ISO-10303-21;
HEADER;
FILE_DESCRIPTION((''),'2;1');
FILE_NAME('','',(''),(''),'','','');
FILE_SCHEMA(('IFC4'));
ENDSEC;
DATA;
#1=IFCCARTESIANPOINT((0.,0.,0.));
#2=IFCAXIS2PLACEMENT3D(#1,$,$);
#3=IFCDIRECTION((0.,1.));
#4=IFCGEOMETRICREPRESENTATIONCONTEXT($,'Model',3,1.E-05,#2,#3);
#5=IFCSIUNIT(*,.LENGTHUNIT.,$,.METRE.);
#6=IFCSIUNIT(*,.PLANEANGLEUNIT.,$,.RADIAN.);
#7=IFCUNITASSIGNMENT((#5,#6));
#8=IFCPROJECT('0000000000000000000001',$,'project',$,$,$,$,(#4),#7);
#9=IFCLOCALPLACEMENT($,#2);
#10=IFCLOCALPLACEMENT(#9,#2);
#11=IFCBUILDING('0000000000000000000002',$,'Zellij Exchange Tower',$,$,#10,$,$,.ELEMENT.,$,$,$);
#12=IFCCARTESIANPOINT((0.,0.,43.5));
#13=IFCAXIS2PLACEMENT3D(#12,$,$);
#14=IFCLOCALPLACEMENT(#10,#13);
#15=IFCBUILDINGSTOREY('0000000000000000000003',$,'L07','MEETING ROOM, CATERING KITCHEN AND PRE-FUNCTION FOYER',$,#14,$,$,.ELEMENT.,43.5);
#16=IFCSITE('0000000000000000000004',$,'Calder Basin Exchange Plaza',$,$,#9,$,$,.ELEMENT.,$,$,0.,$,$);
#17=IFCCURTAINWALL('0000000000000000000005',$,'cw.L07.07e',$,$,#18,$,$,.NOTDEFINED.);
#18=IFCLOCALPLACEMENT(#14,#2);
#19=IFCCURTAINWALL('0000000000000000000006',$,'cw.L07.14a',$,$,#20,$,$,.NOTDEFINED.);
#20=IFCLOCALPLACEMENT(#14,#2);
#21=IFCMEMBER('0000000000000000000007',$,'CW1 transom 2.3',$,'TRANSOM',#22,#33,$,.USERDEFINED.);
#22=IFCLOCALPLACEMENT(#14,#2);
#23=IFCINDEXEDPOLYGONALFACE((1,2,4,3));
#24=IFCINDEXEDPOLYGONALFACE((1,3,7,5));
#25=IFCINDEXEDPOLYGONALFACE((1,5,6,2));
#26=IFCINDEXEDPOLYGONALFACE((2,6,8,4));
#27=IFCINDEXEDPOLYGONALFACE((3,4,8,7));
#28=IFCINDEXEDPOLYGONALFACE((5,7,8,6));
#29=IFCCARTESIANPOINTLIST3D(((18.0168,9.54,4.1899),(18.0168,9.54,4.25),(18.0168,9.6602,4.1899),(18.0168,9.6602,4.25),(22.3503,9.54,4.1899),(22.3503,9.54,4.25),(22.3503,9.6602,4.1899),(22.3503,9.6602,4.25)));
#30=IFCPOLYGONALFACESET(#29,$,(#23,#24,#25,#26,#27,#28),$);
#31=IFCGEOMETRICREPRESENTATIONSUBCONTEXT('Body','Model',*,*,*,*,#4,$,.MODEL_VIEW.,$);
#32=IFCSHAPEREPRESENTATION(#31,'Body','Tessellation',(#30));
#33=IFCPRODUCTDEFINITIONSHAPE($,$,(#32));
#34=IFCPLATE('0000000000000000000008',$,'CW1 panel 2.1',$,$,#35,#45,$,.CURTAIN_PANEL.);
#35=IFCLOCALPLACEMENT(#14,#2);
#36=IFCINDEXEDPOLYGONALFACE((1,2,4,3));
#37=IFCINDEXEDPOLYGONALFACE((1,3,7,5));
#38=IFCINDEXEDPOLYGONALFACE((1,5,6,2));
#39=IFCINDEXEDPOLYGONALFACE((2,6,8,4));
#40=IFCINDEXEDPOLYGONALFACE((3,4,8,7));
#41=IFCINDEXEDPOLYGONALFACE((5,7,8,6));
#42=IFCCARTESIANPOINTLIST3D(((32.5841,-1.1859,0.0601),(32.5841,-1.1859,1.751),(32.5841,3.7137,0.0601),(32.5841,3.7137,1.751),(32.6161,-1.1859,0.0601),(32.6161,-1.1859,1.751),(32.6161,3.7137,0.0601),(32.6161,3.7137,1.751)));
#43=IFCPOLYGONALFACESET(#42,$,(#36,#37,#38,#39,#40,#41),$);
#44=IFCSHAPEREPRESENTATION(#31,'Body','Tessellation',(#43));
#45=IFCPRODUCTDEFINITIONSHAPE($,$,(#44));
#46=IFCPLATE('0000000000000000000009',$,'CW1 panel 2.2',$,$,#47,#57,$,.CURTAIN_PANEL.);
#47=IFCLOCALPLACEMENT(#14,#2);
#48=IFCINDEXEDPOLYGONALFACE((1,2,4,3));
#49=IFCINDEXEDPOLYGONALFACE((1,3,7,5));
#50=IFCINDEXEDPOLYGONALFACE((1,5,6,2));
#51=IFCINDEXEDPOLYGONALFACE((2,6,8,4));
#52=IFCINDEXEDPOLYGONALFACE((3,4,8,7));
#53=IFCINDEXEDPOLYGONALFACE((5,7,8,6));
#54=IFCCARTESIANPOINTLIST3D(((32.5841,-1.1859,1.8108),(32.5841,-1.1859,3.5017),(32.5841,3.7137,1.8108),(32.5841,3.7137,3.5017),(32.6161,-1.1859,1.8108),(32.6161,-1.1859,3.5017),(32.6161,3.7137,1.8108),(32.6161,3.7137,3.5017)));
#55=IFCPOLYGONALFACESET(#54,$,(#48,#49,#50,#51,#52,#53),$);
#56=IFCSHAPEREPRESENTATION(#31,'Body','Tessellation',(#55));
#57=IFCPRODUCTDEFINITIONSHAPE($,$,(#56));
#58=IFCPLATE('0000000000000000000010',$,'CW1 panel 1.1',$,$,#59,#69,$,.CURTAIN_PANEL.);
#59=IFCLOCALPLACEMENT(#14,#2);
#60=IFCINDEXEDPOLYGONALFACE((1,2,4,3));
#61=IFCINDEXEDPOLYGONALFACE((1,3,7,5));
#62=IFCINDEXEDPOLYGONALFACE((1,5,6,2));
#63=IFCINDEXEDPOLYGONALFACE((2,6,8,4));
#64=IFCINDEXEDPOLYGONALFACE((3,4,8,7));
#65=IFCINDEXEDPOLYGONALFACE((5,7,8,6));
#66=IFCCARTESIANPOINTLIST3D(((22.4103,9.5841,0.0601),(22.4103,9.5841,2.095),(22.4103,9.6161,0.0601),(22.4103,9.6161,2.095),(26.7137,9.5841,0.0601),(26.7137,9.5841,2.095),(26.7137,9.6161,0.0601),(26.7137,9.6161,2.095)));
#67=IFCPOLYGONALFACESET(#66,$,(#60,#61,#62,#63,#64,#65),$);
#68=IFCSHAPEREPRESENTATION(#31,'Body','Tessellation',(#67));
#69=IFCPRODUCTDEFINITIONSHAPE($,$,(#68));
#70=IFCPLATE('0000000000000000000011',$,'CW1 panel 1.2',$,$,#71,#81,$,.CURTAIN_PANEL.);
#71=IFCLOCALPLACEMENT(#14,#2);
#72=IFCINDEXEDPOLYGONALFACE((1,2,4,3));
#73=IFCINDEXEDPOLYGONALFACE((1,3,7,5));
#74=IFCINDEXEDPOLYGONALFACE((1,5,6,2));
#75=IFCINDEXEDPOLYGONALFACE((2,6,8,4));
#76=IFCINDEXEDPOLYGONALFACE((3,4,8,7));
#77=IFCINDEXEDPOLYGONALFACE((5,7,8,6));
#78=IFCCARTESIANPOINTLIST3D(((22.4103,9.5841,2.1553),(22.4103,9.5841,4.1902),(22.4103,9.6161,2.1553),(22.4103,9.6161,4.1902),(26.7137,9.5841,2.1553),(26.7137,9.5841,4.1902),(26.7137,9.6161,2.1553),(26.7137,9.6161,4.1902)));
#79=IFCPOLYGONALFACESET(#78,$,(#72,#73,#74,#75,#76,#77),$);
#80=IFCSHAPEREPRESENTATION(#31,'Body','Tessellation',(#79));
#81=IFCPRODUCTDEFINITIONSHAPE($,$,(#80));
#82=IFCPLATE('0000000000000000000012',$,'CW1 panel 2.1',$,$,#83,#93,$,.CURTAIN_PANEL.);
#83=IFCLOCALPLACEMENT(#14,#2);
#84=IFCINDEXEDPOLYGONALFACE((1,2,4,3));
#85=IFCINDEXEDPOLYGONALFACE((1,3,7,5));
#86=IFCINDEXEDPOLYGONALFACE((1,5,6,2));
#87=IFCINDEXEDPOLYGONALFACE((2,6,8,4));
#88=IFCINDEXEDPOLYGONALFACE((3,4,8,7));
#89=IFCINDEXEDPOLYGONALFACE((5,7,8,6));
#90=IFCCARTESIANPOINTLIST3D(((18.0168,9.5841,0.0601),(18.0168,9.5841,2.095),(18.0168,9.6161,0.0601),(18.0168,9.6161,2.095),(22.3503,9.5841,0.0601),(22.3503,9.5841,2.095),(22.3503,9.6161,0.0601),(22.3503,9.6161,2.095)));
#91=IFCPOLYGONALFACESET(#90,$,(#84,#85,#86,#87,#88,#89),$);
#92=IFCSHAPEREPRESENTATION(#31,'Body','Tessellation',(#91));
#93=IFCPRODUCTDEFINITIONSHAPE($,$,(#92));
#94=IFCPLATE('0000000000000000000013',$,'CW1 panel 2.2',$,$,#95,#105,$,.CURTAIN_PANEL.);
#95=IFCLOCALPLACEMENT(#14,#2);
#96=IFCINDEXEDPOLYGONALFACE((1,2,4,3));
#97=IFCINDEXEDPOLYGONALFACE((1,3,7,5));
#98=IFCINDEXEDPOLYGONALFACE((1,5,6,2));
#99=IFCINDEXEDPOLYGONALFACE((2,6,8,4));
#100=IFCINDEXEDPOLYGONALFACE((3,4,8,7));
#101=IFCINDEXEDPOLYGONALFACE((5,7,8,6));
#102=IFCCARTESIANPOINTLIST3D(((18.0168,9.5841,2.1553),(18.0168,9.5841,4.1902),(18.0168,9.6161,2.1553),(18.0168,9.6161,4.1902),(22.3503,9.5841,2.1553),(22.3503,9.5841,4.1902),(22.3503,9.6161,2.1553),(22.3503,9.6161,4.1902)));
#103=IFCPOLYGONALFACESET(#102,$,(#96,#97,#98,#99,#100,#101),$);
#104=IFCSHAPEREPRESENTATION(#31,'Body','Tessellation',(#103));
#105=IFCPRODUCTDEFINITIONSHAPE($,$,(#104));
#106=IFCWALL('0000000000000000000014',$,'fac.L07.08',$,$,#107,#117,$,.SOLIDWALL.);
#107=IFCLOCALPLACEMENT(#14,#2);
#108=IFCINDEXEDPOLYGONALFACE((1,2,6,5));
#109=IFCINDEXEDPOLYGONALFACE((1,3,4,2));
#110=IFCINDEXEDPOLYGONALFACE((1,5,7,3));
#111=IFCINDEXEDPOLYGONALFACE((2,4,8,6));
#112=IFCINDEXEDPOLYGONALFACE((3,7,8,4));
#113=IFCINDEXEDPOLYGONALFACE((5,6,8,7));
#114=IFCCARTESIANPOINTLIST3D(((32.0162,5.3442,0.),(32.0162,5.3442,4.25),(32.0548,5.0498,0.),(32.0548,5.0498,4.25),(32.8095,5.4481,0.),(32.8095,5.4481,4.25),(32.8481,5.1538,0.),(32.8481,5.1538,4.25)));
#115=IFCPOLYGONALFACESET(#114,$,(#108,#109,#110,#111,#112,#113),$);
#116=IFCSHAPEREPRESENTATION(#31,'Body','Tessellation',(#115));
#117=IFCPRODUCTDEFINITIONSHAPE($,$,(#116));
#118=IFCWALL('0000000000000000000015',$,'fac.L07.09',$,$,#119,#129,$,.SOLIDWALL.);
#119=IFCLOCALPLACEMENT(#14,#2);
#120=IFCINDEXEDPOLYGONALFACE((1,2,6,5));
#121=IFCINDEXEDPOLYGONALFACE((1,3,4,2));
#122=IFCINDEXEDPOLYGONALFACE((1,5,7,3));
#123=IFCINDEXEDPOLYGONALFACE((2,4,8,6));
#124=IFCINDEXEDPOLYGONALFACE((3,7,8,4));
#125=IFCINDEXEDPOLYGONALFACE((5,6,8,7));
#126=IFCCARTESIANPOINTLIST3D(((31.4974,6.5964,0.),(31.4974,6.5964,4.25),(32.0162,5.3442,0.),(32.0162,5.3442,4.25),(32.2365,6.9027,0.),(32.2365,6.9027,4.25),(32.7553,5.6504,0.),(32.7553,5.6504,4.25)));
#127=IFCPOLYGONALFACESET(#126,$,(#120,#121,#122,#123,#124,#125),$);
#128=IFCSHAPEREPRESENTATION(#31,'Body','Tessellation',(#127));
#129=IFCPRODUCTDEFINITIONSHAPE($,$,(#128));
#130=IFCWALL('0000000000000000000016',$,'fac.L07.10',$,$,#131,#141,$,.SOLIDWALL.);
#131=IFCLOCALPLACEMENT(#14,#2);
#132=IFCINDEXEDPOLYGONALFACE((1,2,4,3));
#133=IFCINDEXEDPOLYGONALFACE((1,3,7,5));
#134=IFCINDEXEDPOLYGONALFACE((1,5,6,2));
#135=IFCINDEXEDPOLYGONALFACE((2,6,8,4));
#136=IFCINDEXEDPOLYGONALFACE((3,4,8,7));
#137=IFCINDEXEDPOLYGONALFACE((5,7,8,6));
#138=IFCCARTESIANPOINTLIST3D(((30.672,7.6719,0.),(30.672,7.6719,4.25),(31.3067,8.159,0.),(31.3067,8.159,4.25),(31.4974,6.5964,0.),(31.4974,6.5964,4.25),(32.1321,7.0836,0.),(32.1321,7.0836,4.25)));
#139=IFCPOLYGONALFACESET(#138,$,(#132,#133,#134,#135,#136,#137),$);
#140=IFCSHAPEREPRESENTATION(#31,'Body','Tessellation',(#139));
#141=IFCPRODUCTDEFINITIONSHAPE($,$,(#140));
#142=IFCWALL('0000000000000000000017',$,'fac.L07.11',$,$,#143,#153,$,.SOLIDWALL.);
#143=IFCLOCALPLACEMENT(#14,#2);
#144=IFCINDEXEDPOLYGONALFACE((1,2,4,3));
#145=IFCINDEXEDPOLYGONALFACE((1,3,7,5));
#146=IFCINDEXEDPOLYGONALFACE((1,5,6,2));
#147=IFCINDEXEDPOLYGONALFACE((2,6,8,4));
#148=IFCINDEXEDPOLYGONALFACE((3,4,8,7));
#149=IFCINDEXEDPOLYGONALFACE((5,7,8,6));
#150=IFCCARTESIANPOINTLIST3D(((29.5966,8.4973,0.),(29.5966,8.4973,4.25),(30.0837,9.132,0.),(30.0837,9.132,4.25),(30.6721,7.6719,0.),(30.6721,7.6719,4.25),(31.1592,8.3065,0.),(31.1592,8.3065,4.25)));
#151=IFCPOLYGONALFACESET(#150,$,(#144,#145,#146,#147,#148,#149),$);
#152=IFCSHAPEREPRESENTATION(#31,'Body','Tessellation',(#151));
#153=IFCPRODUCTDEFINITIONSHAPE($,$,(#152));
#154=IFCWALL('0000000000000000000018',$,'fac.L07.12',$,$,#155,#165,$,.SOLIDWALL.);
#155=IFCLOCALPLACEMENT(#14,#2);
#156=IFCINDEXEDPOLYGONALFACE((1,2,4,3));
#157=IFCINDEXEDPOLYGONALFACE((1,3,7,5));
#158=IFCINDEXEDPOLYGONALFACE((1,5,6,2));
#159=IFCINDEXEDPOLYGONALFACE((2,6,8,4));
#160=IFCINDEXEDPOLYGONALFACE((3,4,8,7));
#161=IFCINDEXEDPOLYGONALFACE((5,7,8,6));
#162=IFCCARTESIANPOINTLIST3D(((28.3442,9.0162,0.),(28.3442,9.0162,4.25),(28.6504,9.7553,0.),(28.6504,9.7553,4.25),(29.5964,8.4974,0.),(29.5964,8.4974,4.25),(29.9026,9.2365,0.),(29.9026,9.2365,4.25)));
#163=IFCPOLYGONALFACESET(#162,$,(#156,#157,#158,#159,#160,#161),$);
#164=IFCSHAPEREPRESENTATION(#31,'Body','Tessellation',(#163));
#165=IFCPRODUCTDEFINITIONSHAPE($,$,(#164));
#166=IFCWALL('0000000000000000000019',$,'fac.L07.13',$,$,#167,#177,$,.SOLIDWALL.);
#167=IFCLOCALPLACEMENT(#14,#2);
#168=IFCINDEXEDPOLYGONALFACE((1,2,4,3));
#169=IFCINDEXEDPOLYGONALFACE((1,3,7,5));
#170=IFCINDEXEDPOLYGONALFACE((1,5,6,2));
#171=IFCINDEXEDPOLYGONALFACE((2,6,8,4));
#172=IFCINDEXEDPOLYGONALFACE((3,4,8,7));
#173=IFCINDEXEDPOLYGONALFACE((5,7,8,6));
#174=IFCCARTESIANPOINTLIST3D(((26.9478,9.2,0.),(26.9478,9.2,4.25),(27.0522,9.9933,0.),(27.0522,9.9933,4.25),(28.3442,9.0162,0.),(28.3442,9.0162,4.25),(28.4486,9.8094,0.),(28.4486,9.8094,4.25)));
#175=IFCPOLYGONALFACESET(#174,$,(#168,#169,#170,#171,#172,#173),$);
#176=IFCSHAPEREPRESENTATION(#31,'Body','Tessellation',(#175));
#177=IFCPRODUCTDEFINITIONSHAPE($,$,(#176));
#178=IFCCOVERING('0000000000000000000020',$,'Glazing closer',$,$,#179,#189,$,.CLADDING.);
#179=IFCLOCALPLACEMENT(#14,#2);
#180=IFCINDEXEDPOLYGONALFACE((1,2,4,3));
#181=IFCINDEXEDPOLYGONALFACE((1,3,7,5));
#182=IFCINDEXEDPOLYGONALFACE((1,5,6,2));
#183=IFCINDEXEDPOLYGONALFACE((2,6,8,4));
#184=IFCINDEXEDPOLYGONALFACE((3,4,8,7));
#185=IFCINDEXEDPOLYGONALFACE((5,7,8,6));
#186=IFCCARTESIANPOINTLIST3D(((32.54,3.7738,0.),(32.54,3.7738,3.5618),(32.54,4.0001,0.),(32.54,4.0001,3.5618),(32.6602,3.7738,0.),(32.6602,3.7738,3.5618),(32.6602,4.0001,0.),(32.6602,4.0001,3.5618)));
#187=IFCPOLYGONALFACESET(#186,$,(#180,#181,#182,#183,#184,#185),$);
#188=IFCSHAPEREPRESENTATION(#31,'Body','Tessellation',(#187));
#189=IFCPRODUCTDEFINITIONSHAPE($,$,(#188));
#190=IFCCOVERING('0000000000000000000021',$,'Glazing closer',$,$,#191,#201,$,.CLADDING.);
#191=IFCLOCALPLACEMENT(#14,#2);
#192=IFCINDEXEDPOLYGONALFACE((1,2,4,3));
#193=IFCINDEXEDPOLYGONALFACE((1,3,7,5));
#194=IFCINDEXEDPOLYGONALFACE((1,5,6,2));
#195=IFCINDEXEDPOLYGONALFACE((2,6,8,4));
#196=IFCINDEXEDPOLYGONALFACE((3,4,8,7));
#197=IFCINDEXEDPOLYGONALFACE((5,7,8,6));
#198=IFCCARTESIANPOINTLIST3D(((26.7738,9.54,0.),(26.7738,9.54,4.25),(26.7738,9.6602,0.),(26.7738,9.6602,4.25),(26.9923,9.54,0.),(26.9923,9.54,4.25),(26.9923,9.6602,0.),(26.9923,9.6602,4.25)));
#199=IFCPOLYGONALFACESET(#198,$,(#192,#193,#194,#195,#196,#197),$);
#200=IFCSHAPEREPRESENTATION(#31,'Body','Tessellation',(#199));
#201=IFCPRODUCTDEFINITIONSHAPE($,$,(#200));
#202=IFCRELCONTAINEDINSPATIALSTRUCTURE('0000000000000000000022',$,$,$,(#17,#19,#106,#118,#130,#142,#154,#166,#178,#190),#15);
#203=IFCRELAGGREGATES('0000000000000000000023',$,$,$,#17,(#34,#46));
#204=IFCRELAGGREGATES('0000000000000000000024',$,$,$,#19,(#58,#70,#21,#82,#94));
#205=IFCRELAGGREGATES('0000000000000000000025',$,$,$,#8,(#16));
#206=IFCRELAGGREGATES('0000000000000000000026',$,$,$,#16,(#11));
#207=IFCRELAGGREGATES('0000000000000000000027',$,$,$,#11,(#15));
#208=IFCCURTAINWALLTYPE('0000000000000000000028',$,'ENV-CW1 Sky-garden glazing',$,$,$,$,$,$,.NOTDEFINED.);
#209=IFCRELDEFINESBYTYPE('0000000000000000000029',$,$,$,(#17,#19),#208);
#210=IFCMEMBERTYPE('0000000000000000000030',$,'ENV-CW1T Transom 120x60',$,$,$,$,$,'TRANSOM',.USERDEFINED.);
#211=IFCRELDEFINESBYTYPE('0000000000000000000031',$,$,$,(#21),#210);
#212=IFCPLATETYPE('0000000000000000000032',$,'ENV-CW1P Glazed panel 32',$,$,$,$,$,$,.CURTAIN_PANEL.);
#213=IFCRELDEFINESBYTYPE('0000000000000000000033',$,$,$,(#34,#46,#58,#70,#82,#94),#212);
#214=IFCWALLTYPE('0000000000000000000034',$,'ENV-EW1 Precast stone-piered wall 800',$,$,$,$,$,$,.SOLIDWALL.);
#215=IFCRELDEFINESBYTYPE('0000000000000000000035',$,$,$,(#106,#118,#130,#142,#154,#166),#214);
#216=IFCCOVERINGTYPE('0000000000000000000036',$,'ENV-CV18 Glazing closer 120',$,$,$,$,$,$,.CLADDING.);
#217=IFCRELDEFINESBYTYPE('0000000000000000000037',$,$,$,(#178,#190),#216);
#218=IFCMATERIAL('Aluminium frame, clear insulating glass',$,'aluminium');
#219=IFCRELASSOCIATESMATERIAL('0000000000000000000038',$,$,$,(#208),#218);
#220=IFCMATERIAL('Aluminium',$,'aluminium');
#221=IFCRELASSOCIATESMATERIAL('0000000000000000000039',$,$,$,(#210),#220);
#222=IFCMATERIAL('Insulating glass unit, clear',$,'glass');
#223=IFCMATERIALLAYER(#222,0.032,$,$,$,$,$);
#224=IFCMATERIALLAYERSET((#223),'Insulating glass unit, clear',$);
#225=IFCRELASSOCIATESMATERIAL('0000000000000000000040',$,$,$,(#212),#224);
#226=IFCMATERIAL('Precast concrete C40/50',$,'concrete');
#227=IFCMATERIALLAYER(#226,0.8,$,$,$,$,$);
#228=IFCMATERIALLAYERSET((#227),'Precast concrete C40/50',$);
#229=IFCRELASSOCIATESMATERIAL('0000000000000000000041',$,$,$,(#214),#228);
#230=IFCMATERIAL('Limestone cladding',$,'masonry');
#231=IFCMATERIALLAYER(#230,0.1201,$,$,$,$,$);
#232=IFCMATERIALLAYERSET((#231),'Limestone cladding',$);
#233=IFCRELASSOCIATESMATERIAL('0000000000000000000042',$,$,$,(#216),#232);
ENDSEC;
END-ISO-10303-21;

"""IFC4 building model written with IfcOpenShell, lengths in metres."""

from ifc_helpers import new_model, si_unit, direction, frame, frame_2d, origin, origin_2d, place, context, subcontext, project, spatial, rectangle, extrude, material, layer, layer_set, material_profile, profile_set, type_object, element, aggregate, save


model = new_model("IFC4")

# Units and contexts
model_context = context("Model", 3, precision=1e-05, world=origin(), true_north=direction((0.0, 1.0)))
body_context = subcontext(model_context, "Body", "Model", "MODEL_VIEW")
ifc_project = project(units=[si_unit("LENGTHUNIT", "METRE"), si_unit("PLANEANGLEUNIT", "RADIAN")], contexts=[model_context])

# Site, building, storey
site_placement = place(None, origin())
site = spatial("IfcSite", under=ifc_project, at=site_placement, Name="Calder Basin Exchange Plaza", CompositionType="ELEMENT", RefElevation=0.0)
building_placement = place(site_placement, origin())
building = spatial("IfcBuilding", under=site, at=building_placement, Name="Zellij Exchange Tower", CompositionType="ELEMENT")
storey_placement = place(building_placement, frame((0.0, 0.0, 43.5)))
storey = spatial("IfcBuildingStorey", under=building, at=storey_placement, Name="L07", Description="MEETING ROOM, CATERING KITCHEN AND PRE-FUNCTION FOYER", CompositionType="ELEMENT", Elevation=43.5)

# Curtain wall
ifc_material_1 = material(Name="Aluminium frame, clear insulating glass", Category="aluminium")
curtain_wall_type = type_object("IfcCurtainWallType", Name="ENV-CW1 Sky-garden glazing", PredefinedType="NOTDEFINED", material=ifc_material_1)
curtain_wall_1_placement = place(storey_placement, origin())
curtain_wall_1 = element("IfcCurtainWall", 1, at=curtain_wall_1_placement, inside=storey, type_object=curtain_wall_type, Name="cw.L07.07e", PredefinedType="NOTDEFINED")
ifc_material_2 = material(Name="Aluminium", Category="aluminium")

# Curtain wall
curtain_wall_2_placement = place(storey_placement, origin())
curtain_wall_2 = element("IfcCurtainWall", 2, at=curtain_wall_2_placement, inside=storey, type_object=curtain_wall_type, Name="cw.L07.14a", PredefinedType="NOTDEFINED")

# Member
ifc_material_profile_1 = material_profile(ifc_material_2, rectangle(XDim=0.1201, YDim=0.0601, at=origin_2d()), Name="AL 120x60")
ifc_profile_set_1 = profile_set([ifc_material_profile_1], Name="Aluminium")
member_type_1 = type_object("IfcMemberType", Name="ENV-CW1T Transom 120x60", ElementType="TRANSOM", PredefinedType="USERDEFINED", material=ifc_profile_set_1)
member_1_placement = place(storey_placement, frame((22.3503, 9.6001, 4.22), z_axis=(-1.0, 0.0, 0.0), x_axis=(0.0, -1.0, 0.0)))
member_1 = element("IfcMember", 3, at=member_1_placement, type_object=member_type_1, Name="CW1 transom 2.3", ObjectType="TRANSOM", PredefinedType="USERDEFINED", context=body_context, shape_type="SweptSolid", body=[
    extrude(rectangle(XDim=0.1201, YDim=0.0601, at=origin_2d()), origin(), (0.0, 0.0, 1.0), 4.3335),
])

# Plates
ifc_material_3 = material(Name="Insulating glass unit, clear", Category="glass")
ifc_layer_1 = layer(ifc_material_3, 0.032)
ifc_layer_set_1 = layer_set([ifc_layer_1], Name="Insulating glass unit, clear")
plate_type = type_object("IfcPlateType", Name="ENV-CW1P Glazed panel 32", PredefinedType="CURTAIN_PANEL", material=ifc_layer_set_1)
plate_1_placement = place(storey_placement, frame((32.6001, 1.2639, 0.0601), z_axis=(0.0, 0.0, 1.0), x_axis=(0.0, 1.0, 0.0)))
plate_1 = element("IfcPlate", 4, at=plate_1_placement, type_object=plate_type, Name="CW1 panel 2.1", PredefinedType="CURTAIN_PANEL", context=body_context, shape_type="SweptSolid", body=[
    extrude(rectangle(XDim=4.8997, YDim=0.032, at=origin_2d()), origin(), (0.0, 0.0, 1.0), 1.6909),
])
plate_2_placement = place(storey_placement, frame((32.6001, 1.2639, 1.8108), z_axis=(0.0, 0.0, 1.0), x_axis=(0.0, 1.0, 0.0)))
plate_2 = element("IfcPlate", 5, at=plate_2_placement, type_object=plate_type, Name="CW1 panel 2.2", PredefinedType="CURTAIN_PANEL", context=body_context, shape_type="SweptSolid", body=[
    extrude(rectangle(XDim=4.8997, YDim=0.032, at=origin_2d()), origin(), (0.0, 0.0, 1.0), 1.6909),
])
aggregate(curtain_wall_1, [plate_1, plate_2])
plate_3_placement = place(storey_placement, frame((24.562, 9.6001, 0.0601), z_axis=(0.0, 0.0, 1.0), x_axis=(-1.0, 0.0, 0.0)))
plate_3 = element("IfcPlate", 6, at=plate_3_placement, type_object=plate_type, Name="CW1 panel 1.1", PredefinedType="CURTAIN_PANEL", context=body_context, shape_type="SweptSolid", body=[
    extrude(rectangle(XDim=4.3035, YDim=0.032, at=origin_2d()), origin(), (0.0, 0.0, 1.0), 2.0349),
])
plate_4_placement = place(storey_placement, frame((24.562, 9.6001, 2.1553), z_axis=(0.0, 0.0, 1.0), x_axis=(-1.0, 0.0, 0.0)))
plate_4 = element("IfcPlate", 7, at=plate_4_placement, type_object=plate_type, Name="CW1 panel 1.2", PredefinedType="CURTAIN_PANEL", context=body_context, shape_type="SweptSolid", body=[
    extrude(rectangle(XDim=4.3035, YDim=0.032, at=origin_2d()), origin(), (0.0, 0.0, 1.0), 2.0349),
])
plate_5_placement = place(storey_placement, frame((20.1836, 9.6001, 0.0601), z_axis=(0.0, 0.0, 1.0), x_axis=(-1.0, 0.0, 0.0)))
plate_5 = element("IfcPlate", 8, at=plate_5_placement, type_object=plate_type, Name="CW1 panel 2.1", PredefinedType="CURTAIN_PANEL", context=body_context, shape_type="SweptSolid", body=[
    extrude(rectangle(XDim=4.3335, YDim=0.032, at=origin_2d()), origin(), (0.0, 0.0, 1.0), 2.0349),
])
plate_6_placement = place(storey_placement, frame((20.1836, 9.6001, 2.1553), z_axis=(0.0, 0.0, 1.0), x_axis=(-1.0, 0.0, 0.0)))
plate_6 = element("IfcPlate", 9, at=plate_6_placement, type_object=plate_type, Name="CW1 panel 2.2", PredefinedType="CURTAIN_PANEL", context=body_context, shape_type="SweptSolid", body=[
    extrude(rectangle(XDim=4.3335, YDim=0.032, at=origin_2d()), origin(), (0.0, 0.0, 1.0), 2.0349),
])
aggregate(curtain_wall_2, [plate_3, plate_4, member_1, plate_5, plate_6])

# Walls
ifc_material_4 = material(Name="Precast concrete C40/50", Category="concrete")
ifc_layer_2 = layer(ifc_material_4, 0.8)
ifc_layer_set_2 = layer_set([ifc_layer_2], Name="Precast concrete C40/50")
wall_type = type_object("IfcWallType", Name="ENV-EW1 Precast stone-piered wall 800", PredefinedType="SOLIDWALL", material=ifc_layer_set_2)
wall_1_placement = place(storey_placement, frame((32.4514, 5.1018, 0.0), z_axis=(0.0, 0.0, 1.0), x_axis=(-0.129902, 0.991527, 0.0)))
element("IfcWall", 10, at=wall_1_placement, inside=storey, type_object=wall_type, Name="fac.L07.08", PredefinedType="SOLIDWALL", context=body_context, shape_type="SweptSolid", body=[
    extrude(rectangle(XDim=0.2969, YDim=0.8, at=frame_2d((0.1484, 0.0))), origin(), (0.0, 0.0, 1.0), 4.25),
])
wall_2_placement = place(storey_placement, frame((32.3857, 5.4973, 0.0), z_axis=(0.0, 0.0, 1.0), x_axis=(-0.38276, 0.923848, 0.0)))
element("IfcWall", 11, at=wall_2_placement, inside=storey, type_object=wall_type, Name="fac.L07.09", PredefinedType="SOLIDWALL", context=body_context, shape_type="SweptSolid", body=[
    extrude(rectangle(XDim=1.3555, YDim=0.8, at=frame_2d((0.6777, 0.0))), origin(), (0.0, 0.0, 1.0), 4.25),
])
for number, where, z_axis, x_axis, name in (
    (12, (31.8147, 6.8401, 0.0), (0.0, 0.0, 1.0), (-0.608866, 0.793273, 0.0), "fac.L07.10"),
    (13, (30.9155, 7.9893, 0.0), (0.0, 0.0, 1.0), (-0.793273, 0.608866, 0.0), "fac.L07.11"),
):
    element("IfcWall", number, at=place(storey_placement, frame(where, z_axis=z_axis, x_axis=x_axis)), inside=storey, type_object=wall_type, Name=name, PredefinedType="SOLIDWALL", context=body_context, shape_type="SweptSolid", body=[
        extrude(rectangle(XDim=1.3557, YDim=0.8, at=frame_2d((0.6777, 0.0))), origin(), (0.0, 0.0, 1.0), 4.25),
    ])
wall_3_placement = place(storey_placement, frame((29.7495, 8.8669, 0.0), z_axis=(0.0, 0.0, 1.0), x_axis=(-0.923848, 0.38276, 0.0)))
element("IfcWall", 14, at=wall_3_placement, inside=storey, type_object=wall_type, Name="fac.L07.12", PredefinedType="SOLIDWALL", context=body_context, shape_type="SweptSolid", body=[
    extrude(rectangle(XDim=1.3555, YDim=0.8, at=frame_2d((0.6777, 0.0))), origin(), (0.0, 0.0, 1.0), 4.25),
])
wall_4_placement = place(storey_placement, frame((28.3962, 9.4128, 0.0), z_axis=(0.0, 0.0, 1.0), x_axis=(-0.991446, 0.130517, 0.0)))
element("IfcWall", 15, at=wall_4_placement, inside=storey, type_object=wall_type, Name="fac.L07.13", PredefinedType="SOLIDWALL", context=body_context, shape_type="SweptSolid", body=[
    extrude(rectangle(XDim=1.4084, YDim=0.8, at=frame_2d((0.7041, 0.0))), origin(), (0.0, 0.0, 1.0), 4.25),
])

# Coverings
ifc_material_5 = material(Name="Limestone cladding", Category="masonry")
ifc_layer_3 = layer(ifc_material_5, 0.1201)
ifc_layer_set_3 = layer_set([ifc_layer_3], Name="Limestone cladding")
covering_type = type_object("IfcCoveringType", Name="ENV-CV18 Glazing closer 120", PredefinedType="CLADDING", material=ifc_layer_set_3)
covering_1_placement = place(storey_placement, frame((32.6001, 3.887, 0.0), z_axis=(0.0, 0.0, 1.0), x_axis=(0.0, 1.0, 0.0)))
element("IfcCovering", 16, at=covering_1_placement, inside=storey, type_object=covering_type, Name="Glazing closer", PredefinedType="CLADDING", context=body_context, shape_type="SweptSolid", body=[
    extrude(rectangle(XDim=0.2263, YDim=0.1201, at=origin_2d()), origin(), (0.0, 0.0, 1.0), 3.5618),
])
covering_2_placement = place(storey_placement, frame((26.8831, 9.6001, 0.0), z_axis=(0.0, 0.0, 1.0), x_axis=(1.0, 0.0, 0.0)))
element("IfcCovering", 17, at=covering_2_placement, inside=storey, type_object=covering_type, Name="Glazing closer", PredefinedType="CLADDING", context=body_context, shape_type="SweptSolid", body=[
    extrude(rectangle(XDim=0.2185, YDim=0.1201, at=origin_2d()), origin(), (0.0, 0.0, 1.0), 4.25),
])

save(model, "model.ifc")
